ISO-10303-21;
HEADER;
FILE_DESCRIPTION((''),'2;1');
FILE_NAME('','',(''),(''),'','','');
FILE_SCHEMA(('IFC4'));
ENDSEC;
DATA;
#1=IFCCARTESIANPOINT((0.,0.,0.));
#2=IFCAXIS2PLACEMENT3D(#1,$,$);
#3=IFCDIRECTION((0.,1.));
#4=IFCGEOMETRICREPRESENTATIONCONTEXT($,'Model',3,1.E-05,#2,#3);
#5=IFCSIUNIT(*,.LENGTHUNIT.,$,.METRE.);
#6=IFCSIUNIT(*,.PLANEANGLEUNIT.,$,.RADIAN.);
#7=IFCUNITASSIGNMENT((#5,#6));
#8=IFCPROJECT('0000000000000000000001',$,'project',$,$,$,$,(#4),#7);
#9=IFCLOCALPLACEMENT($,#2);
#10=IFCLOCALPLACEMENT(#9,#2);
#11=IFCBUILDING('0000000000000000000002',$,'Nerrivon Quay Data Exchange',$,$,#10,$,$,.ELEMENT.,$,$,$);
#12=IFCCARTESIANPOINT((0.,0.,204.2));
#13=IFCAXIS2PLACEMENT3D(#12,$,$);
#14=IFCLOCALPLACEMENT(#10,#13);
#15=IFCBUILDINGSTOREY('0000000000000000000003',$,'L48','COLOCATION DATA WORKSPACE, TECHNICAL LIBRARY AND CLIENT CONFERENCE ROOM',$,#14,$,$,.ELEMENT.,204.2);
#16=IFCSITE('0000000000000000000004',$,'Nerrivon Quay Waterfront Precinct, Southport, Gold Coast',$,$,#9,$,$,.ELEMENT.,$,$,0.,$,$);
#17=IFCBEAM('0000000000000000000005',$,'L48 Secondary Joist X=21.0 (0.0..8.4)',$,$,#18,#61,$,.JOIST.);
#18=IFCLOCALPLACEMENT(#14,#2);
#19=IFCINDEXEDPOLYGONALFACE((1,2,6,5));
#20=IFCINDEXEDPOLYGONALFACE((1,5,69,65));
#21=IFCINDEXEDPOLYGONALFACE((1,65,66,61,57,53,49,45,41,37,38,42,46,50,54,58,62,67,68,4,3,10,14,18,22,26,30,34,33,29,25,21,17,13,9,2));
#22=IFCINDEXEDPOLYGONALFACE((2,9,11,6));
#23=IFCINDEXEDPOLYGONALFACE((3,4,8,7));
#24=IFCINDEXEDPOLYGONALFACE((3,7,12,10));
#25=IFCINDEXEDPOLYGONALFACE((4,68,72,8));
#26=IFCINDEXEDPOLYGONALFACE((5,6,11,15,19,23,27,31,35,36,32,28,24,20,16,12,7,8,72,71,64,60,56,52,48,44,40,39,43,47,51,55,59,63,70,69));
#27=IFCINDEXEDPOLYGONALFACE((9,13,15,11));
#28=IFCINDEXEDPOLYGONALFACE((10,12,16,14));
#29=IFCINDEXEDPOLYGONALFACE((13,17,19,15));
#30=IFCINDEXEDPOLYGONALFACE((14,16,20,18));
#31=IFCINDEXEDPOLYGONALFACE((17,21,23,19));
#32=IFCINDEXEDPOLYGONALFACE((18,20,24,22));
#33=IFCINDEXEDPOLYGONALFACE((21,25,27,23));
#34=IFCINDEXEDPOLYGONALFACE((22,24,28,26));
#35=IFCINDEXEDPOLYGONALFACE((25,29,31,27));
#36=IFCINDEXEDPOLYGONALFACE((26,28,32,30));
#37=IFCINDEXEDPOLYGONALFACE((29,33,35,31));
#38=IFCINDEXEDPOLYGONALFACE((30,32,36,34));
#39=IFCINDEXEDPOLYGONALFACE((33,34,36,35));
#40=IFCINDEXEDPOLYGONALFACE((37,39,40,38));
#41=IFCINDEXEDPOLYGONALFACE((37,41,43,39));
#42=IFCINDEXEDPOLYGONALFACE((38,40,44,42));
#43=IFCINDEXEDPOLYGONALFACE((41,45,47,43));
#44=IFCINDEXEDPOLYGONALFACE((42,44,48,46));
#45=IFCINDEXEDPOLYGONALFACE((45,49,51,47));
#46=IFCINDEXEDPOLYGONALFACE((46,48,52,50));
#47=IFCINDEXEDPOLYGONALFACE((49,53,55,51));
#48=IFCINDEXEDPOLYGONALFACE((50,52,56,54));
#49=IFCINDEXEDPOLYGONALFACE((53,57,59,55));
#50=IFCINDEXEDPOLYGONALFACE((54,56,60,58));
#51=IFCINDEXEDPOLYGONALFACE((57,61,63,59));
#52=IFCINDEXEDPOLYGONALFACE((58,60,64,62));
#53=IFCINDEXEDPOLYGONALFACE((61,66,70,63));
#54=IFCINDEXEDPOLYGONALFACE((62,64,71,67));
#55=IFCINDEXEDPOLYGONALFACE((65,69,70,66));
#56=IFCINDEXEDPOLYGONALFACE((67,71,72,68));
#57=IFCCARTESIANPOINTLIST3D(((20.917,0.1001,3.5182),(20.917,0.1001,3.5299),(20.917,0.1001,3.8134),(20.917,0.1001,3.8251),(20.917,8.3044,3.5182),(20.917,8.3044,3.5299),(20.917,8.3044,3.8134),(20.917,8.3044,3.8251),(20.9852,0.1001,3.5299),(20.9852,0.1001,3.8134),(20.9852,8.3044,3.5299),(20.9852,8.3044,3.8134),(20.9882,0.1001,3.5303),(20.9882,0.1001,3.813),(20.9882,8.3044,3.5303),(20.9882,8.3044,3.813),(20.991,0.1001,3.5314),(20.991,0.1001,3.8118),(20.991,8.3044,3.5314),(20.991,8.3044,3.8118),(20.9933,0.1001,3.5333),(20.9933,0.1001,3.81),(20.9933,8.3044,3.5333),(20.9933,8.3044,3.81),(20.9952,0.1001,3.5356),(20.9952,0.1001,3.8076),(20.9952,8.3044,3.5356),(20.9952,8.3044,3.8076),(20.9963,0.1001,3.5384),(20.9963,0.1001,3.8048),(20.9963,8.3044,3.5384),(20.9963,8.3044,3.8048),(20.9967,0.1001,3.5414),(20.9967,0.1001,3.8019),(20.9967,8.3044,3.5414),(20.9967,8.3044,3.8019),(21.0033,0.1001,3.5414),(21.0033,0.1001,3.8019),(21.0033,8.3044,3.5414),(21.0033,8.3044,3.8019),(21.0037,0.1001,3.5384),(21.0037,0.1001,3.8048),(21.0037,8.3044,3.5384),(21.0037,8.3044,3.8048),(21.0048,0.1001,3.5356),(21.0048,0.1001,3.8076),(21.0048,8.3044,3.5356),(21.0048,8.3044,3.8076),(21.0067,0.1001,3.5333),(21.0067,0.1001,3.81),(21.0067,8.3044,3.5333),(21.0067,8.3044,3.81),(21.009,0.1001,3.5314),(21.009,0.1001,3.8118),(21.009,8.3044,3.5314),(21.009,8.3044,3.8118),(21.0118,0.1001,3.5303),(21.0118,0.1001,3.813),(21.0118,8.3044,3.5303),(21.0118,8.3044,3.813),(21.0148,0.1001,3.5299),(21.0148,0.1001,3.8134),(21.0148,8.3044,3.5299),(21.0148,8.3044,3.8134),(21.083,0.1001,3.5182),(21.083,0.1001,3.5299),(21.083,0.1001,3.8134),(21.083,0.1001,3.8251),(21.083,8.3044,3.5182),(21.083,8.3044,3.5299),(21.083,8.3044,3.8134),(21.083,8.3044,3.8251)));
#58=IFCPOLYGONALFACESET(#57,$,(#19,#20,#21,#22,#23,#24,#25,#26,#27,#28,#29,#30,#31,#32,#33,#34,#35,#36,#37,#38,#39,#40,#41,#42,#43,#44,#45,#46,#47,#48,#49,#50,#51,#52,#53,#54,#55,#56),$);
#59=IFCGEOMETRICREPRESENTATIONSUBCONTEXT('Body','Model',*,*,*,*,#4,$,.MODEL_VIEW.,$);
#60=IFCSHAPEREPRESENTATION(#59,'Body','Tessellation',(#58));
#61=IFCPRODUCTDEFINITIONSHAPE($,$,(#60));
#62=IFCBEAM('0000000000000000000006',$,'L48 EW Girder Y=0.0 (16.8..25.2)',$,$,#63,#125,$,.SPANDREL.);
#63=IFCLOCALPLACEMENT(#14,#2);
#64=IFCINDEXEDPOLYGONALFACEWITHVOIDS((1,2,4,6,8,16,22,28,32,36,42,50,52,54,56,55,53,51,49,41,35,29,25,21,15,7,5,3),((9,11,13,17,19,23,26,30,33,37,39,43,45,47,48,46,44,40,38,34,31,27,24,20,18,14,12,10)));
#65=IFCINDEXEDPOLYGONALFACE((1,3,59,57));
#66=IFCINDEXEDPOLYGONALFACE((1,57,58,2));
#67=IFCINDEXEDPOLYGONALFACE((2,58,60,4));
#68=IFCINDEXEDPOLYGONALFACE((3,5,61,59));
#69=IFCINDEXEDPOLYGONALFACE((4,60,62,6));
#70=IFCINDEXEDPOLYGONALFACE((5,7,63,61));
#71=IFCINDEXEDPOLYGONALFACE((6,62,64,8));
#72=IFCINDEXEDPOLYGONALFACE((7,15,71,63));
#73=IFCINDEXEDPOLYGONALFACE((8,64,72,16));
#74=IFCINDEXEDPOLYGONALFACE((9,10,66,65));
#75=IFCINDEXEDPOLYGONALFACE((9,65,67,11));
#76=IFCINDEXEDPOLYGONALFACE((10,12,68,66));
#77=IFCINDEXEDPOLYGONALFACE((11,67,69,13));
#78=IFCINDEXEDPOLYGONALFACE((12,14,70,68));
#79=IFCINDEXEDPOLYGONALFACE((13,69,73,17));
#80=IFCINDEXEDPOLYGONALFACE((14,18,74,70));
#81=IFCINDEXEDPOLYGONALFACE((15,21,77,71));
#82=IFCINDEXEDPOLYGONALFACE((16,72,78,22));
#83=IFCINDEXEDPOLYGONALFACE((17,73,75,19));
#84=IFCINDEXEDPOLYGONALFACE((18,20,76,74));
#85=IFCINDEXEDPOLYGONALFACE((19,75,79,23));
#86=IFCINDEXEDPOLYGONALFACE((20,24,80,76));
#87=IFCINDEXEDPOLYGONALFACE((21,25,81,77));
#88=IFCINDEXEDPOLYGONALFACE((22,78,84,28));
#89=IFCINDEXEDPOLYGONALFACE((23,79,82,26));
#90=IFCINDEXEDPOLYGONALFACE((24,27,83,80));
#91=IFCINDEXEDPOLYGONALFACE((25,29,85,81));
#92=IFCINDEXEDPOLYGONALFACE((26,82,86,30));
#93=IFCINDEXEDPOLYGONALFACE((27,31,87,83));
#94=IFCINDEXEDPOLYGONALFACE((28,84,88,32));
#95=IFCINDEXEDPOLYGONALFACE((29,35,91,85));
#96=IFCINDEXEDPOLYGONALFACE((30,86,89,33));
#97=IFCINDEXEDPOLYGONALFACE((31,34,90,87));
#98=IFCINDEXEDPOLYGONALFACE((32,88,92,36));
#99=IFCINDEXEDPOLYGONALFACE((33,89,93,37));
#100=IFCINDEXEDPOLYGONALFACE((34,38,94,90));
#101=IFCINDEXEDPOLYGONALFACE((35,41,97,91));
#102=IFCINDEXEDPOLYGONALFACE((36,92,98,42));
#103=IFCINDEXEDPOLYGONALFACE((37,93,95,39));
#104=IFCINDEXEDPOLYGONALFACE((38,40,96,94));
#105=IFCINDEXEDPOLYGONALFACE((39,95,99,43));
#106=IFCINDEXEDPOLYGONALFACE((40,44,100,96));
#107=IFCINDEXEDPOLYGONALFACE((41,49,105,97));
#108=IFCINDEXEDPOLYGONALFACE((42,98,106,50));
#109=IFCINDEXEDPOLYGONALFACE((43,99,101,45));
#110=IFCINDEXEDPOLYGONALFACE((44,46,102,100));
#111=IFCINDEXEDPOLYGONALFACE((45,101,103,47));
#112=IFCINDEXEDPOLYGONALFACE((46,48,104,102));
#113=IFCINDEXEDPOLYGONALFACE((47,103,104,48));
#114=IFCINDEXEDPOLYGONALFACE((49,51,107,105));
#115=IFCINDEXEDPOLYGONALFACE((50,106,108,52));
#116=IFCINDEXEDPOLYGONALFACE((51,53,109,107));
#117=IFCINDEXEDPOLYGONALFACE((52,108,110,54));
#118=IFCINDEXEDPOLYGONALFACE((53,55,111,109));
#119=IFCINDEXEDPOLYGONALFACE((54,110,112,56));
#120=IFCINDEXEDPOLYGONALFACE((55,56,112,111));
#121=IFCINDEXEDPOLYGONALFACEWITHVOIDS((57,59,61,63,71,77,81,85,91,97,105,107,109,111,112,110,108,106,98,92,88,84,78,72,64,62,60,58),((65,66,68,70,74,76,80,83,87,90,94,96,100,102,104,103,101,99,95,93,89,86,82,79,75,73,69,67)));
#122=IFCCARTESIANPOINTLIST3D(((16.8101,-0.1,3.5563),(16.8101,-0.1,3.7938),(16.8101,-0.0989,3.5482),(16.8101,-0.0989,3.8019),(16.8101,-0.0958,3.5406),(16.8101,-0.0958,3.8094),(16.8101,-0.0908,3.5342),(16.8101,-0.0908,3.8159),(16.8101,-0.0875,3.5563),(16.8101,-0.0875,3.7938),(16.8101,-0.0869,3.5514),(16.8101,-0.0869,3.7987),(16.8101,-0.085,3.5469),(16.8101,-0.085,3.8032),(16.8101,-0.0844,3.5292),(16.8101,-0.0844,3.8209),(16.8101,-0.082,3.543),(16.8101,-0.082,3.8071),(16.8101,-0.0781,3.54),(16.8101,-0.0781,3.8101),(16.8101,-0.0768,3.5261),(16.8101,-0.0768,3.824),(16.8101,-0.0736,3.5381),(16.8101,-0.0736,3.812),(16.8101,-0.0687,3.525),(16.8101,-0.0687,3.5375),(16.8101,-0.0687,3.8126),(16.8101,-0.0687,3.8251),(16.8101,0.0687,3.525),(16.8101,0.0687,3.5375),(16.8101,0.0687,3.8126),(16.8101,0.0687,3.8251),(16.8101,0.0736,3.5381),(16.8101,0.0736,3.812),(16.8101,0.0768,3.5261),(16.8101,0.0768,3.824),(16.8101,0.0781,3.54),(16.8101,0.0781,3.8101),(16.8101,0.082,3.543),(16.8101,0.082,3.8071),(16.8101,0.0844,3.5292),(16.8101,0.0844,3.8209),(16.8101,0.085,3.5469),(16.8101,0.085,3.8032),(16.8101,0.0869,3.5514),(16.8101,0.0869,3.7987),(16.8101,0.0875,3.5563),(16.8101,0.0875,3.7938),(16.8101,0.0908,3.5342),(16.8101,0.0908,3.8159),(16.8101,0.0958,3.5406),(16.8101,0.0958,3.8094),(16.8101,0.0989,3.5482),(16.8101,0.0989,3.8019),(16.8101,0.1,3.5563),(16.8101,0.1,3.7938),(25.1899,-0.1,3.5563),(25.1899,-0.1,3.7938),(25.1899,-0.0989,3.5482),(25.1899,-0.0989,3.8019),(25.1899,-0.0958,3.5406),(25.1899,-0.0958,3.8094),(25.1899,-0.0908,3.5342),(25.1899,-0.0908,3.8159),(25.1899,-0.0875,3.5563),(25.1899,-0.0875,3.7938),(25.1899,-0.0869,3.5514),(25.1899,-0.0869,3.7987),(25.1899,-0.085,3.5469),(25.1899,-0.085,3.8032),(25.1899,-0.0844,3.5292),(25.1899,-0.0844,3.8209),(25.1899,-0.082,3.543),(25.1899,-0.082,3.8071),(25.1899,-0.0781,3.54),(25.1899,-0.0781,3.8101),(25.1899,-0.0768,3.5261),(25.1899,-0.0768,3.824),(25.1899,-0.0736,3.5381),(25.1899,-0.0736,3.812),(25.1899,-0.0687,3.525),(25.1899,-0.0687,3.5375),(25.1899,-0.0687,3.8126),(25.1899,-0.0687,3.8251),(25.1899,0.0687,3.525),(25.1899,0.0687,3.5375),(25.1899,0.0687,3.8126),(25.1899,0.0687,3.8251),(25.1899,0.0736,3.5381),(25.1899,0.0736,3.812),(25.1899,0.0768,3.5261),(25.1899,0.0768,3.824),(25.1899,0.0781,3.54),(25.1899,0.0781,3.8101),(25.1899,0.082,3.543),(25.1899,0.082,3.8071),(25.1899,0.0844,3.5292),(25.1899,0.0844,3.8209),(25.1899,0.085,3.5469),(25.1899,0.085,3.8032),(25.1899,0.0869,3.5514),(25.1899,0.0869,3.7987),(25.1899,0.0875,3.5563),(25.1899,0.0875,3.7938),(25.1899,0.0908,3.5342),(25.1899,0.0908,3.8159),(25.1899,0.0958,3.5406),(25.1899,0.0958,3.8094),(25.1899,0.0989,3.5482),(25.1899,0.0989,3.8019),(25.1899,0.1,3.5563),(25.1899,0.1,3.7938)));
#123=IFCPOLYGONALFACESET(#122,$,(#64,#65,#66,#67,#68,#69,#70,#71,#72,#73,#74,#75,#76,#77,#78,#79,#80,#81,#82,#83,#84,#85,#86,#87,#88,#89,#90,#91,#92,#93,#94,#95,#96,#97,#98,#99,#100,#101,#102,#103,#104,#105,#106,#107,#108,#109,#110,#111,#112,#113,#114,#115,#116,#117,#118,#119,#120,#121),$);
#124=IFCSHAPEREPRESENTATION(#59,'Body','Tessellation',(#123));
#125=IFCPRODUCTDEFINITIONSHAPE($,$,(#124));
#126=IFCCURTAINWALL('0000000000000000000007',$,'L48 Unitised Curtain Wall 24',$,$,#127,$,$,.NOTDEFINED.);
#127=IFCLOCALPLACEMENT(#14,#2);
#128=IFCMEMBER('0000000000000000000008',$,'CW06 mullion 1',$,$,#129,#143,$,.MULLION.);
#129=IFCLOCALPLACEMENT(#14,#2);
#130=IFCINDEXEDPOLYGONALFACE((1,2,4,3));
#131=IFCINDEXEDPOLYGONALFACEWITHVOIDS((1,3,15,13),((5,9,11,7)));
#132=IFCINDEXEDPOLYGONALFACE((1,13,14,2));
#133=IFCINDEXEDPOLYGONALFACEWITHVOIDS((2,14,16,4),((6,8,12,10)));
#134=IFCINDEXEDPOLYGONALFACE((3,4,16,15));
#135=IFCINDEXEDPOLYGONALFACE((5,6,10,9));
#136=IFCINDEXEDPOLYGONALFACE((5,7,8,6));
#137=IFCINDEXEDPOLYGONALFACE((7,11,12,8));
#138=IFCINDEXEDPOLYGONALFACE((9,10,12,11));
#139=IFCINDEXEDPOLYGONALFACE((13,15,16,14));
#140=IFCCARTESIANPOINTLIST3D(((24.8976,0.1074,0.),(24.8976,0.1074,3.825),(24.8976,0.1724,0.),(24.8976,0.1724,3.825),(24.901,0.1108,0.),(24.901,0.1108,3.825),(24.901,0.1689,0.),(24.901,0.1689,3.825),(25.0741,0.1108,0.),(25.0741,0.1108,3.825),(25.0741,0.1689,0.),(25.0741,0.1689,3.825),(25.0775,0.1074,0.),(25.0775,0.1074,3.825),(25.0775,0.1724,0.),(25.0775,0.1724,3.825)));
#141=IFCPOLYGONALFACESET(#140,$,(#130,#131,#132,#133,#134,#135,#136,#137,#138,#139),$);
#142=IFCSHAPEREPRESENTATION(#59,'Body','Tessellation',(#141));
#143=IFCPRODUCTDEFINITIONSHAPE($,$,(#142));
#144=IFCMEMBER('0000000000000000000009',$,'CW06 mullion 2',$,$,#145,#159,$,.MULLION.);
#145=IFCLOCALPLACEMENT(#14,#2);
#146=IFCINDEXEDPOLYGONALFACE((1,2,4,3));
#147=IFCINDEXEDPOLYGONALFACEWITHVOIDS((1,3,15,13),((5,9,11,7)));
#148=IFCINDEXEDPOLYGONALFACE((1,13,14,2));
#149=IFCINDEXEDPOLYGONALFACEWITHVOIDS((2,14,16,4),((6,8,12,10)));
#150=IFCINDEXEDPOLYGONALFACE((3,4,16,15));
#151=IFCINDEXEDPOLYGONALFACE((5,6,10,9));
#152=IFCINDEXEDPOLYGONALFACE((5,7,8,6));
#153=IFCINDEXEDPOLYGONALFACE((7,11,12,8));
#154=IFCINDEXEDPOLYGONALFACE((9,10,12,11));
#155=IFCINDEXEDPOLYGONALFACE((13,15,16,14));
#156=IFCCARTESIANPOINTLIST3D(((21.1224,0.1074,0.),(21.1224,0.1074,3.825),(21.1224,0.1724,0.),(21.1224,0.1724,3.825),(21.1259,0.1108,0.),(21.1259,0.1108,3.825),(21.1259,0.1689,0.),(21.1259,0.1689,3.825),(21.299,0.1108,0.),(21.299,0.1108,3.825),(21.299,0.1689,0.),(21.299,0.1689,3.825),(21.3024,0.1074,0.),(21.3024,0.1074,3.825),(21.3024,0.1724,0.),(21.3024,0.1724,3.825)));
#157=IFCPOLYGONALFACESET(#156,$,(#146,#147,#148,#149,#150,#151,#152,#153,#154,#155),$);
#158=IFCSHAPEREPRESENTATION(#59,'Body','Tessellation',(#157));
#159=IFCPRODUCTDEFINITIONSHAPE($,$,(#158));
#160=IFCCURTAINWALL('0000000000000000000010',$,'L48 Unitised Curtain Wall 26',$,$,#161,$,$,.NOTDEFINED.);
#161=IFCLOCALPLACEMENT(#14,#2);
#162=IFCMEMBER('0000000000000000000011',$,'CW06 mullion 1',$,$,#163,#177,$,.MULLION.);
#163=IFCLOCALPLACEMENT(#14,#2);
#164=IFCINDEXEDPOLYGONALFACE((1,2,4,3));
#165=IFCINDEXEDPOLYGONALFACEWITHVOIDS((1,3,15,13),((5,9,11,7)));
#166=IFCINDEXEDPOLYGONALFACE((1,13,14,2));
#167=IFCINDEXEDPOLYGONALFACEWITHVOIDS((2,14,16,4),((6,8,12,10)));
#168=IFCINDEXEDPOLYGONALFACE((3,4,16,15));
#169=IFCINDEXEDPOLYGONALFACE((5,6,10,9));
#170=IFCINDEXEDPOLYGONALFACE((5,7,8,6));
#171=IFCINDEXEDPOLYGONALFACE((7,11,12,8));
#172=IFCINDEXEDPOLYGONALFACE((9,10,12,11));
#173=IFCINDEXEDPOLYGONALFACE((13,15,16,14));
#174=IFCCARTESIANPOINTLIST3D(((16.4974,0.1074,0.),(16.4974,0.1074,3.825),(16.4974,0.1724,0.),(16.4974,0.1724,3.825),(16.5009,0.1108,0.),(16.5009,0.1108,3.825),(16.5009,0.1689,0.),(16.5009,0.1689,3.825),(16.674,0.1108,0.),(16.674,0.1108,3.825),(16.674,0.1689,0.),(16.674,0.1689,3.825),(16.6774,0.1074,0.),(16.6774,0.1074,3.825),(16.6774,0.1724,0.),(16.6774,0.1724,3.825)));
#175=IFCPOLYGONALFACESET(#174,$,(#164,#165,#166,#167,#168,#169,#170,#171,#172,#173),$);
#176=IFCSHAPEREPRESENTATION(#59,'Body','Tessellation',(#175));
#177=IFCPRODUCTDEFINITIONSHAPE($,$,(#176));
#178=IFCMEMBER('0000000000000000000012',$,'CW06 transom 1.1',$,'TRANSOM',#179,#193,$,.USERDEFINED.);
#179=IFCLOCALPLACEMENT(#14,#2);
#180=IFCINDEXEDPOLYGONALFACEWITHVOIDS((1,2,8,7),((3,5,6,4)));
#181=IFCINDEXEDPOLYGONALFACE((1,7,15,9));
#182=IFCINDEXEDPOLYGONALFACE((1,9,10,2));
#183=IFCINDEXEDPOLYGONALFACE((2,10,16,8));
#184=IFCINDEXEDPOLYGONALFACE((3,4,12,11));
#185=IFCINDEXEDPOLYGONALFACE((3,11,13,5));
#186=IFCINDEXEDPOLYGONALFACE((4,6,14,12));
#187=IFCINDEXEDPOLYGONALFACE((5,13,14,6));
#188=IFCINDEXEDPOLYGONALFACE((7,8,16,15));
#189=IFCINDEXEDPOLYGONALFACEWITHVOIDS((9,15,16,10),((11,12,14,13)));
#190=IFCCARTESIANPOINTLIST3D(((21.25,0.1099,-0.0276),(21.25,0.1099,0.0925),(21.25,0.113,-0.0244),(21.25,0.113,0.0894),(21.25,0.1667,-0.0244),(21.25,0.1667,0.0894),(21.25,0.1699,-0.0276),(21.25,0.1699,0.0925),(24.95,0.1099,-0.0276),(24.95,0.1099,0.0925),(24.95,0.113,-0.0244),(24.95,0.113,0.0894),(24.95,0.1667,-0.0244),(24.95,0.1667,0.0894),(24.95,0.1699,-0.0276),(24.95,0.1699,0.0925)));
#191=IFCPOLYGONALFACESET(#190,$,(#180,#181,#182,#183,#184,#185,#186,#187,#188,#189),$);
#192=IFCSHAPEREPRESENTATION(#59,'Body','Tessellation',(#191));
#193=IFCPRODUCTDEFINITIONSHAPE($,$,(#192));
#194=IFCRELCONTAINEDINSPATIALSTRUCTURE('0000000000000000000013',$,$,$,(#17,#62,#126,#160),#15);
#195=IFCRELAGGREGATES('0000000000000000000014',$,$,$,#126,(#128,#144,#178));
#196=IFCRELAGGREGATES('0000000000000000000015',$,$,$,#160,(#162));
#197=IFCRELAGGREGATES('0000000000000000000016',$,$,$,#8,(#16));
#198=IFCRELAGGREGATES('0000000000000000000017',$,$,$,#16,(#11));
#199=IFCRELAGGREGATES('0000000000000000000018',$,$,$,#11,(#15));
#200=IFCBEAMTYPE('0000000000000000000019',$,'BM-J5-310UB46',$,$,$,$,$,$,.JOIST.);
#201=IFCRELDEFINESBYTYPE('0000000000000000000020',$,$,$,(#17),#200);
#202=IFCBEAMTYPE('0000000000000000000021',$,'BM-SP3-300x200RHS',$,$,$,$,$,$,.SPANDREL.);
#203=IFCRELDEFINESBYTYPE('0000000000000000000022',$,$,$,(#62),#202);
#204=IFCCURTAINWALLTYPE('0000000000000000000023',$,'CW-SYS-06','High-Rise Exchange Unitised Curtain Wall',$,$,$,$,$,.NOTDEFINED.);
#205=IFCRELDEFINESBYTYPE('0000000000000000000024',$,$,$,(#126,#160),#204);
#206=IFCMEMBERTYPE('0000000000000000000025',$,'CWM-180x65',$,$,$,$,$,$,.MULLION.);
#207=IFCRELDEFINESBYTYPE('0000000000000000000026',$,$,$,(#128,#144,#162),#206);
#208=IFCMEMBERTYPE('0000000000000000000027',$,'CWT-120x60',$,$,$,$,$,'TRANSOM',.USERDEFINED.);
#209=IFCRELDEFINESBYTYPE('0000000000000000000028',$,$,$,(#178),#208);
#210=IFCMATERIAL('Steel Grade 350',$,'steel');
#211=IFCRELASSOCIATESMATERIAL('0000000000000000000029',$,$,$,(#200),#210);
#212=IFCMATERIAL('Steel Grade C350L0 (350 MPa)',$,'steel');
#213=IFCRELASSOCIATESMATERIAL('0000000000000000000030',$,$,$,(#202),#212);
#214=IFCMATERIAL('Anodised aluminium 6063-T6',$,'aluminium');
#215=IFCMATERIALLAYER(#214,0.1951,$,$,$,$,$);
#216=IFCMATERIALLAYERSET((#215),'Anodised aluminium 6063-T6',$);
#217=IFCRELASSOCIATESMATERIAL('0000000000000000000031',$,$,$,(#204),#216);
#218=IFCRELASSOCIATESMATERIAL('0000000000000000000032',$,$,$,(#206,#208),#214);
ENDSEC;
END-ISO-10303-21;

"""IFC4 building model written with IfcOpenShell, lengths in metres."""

from ifc_helpers import new_model, si_unit, direction, frame, origin, origin_2d, place, context, subcontext, project, spatial, hollow_rectangle, i_section, extrude, material, layer, layer_set, material_profile, profile_set, type_object, element, aggregate, save


model = new_model("IFC4")

# Units and contexts
model_context = context("Model", 3, precision=1e-05, world=origin(), true_north=direction((0.0, 1.0)))
body_context = subcontext(model_context, "Body", "Model", "MODEL_VIEW")
ifc_project = project(units=[si_unit("LENGTHUNIT", "METRE"), si_unit("PLANEANGLEUNIT", "RADIAN")], contexts=[model_context])

# Site, building, storey
site_placement = place(None, origin())
site = spatial("IfcSite", under=ifc_project, at=site_placement, Name="Nerrivon Quay Waterfront Precinct, Southport, Gold Coast", CompositionType="ELEMENT", RefElevation=0.0)
building_placement = place(site_placement, origin())
building = spatial("IfcBuilding", under=site, at=building_placement, Name="Nerrivon Quay Data Exchange", CompositionType="ELEMENT")
storey_placement = place(building_placement, frame((0.0, 0.0, 204.2)))
storey = spatial("IfcBuildingStorey", under=building, at=storey_placement, Name="L48", Description="COLOCATION DATA WORKSPACE, TECHNICAL LIBRARY AND CLIENT CONFERENCE ROOM", CompositionType="ELEMENT", Elevation=204.2)

# Shared definitions
ifc_material_1 = material(Name="Steel Grade 350", Category="steel")

# Beams
ifc_material_profile_1 = material_profile(ifc_material_1, i_section(OverallWidth=0.166, OverallDepth=0.3069, WebThickness=0.0066, FlangeThickness=0.0117, FilletRadius=0.0115, at=origin_2d()), Name="310UB46.2")
ifc_profile_set_1 = profile_set([ifc_material_profile_1], Name="Steel Grade 350")
beam_type_1 = type_object("IfcBeamType", Name="BM-J5-310UB46", PredefinedType="JOIST", material=ifc_profile_set_1)
beam_1_placement = place(storey_placement, frame((21.0, 0.1001, 3.6716), z_axis=(0.0, 1.0, 0.0), x_axis=(-1.0, 0.0, 0.0)))
element("IfcBeam", 1, at=beam_1_placement, inside=storey, type_object=beam_type_1, Name="L48 Secondary Joist X=21.0 (0.0..8.4)", PredefinedType="JOIST", context=body_context, shape_type="SweptSolid", body=[
    extrude(i_section(OverallWidth=0.166, OverallDepth=0.3069, WebThickness=0.0066, FlangeThickness=0.0117, FilletRadius=0.0115, at=origin_2d()), origin(), (0.0, 0.0, 1.0), 8.2043),
])
ifc_material_2 = material(Name="Steel Grade C350L0 (350 MPa)", Category="steel")
ifc_material_profile_2 = material_profile(ifc_material_2, hollow_rectangle(XDim=0.2, YDim=0.3, WallThickness=0.0125, InnerFilletRadius=0.0188, OuterFilletRadius=0.0312, at=origin_2d()), Name="300x200x12.5RHS")
ifc_profile_set_2 = profile_set([ifc_material_profile_2], Name="Steel Grade C350L0 (350 MPa)")
beam_type_2 = type_object("IfcBeamType", Name="BM-SP3-300x200RHS", PredefinedType="SPANDREL", material=ifc_profile_set_2)
beam_2_placement = place(storey_placement, frame((16.8101, 0.0, 3.675), z_axis=(1.0, 0.0, 0.0), x_axis=(0.0, 1.0, 0.0)))
element("IfcBeam", 2, at=beam_2_placement, inside=storey, type_object=beam_type_2, Name="L48 EW Girder Y=0.0 (16.8..25.2)", PredefinedType="SPANDREL", context=body_context, shape_type="SweptSolid", body=[
    extrude(hollow_rectangle(XDim=0.2, YDim=0.3, WallThickness=0.0125, InnerFilletRadius=0.0188, OuterFilletRadius=0.0312, at=origin_2d()), origin(), (0.0, 0.0, 1.0), 8.3799),
])

# Curtain wall, members
ifc_material_3 = material(Name="Anodised aluminium 6063-T6", Category="aluminium")
ifc_layer_1 = layer(ifc_material_3, 0.1951)
ifc_layer_set_1 = layer_set([ifc_layer_1], Name="Anodised aluminium 6063-T6")
curtain_wall_type = type_object("IfcCurtainWallType", Name="CW-SYS-06", Description="High-Rise Exchange Unitised Curtain Wall", PredefinedType="NOTDEFINED", material=ifc_layer_set_1)
curtain_wall_1_placement = place(storey_placement, origin())
curtain_wall_1 = element("IfcCurtainWall", 3, at=curtain_wall_1_placement, inside=storey, type_object=curtain_wall_type, Name="L48 Unitised Curtain Wall 24", PredefinedType="NOTDEFINED")
ifc_material_profile_3 = material_profile(ifc_material_3, hollow_rectangle(XDim=0.0649, YDim=0.1799, WallThickness=0.0034, at=origin_2d()), Name="ALU-MULL-180x65")
ifc_profile_set_3 = profile_set([ifc_material_profile_3], Name="Anodised aluminium 6063-T6")
member_type_1 = type_object("IfcMemberType", Name="CWM-180x65", PredefinedType="MULLION", material=ifc_profile_set_3)
member_1_placement = place(storey_placement, frame((24.9875, 0.1399, 0.0), z_axis=(0.0, 0.0, 1.0), x_axis=(0.0, -1.0, 0.0)))
member_1 = element("IfcMember", 4, at=member_1_placement, type_object=member_type_1, Name="CW06 mullion 1", PredefinedType="MULLION", context=body_context, shape_type="SweptSolid", body=[
    extrude(hollow_rectangle(XDim=0.0649, YDim=0.1799, WallThickness=0.0034, at=origin_2d()), origin(), (0.0, 0.0, 1.0), 3.825),
])
member_2_placement = place(storey_placement, frame((21.2124, 0.1399, 0.0), z_axis=(0.0, 0.0, 1.0), x_axis=(0.0, -1.0, 0.0)))
member_2 = element("IfcMember", 5, at=member_2_placement, type_object=member_type_1, Name="CW06 mullion 2", PredefinedType="MULLION", context=body_context, shape_type="SweptSolid", body=[
    extrude(hollow_rectangle(XDim=0.0649, YDim=0.1799, WallThickness=0.0034, at=origin_2d()), origin(), (0.0, 0.0, 1.0), 3.825),
])

# Curtain wall, member
curtain_wall_2_placement = place(storey_placement, origin())
curtain_wall_2 = element("IfcCurtainWall", 6, at=curtain_wall_2_placement, inside=storey, type_object=curtain_wall_type, Name="L48 Unitised Curtain Wall 26", PredefinedType="NOTDEFINED")
member_3_placement = place(storey_placement, frame((16.5874, 0.1399, 0.0), z_axis=(0.0, 0.0, 1.0), x_axis=(0.0, -1.0, 0.0)))
member_3 = element("IfcMember", 7, at=member_3_placement, type_object=member_type_1, Name="CW06 mullion 1", PredefinedType="MULLION", context=body_context, shape_type="SweptSolid", body=[
    extrude(hollow_rectangle(XDim=0.0649, YDim=0.1799, WallThickness=0.0034, at=origin_2d()), origin(), (0.0, 0.0, 1.0), 3.825),
])

# Member
ifc_material_profile_4 = material_profile(ifc_material_3, hollow_rectangle(XDim=0.0601, YDim=0.1201, WallThickness=0.0032, at=origin_2d()), Name="ALU-TRAN-120x60")
ifc_profile_set_4 = profile_set([ifc_material_profile_4], Name="Anodised aluminium 6063-T6")
member_type_2 = type_object("IfcMemberType", Name="CWT-120x60", ElementType="TRANSOM", PredefinedType="USERDEFINED", material=ifc_profile_set_4)
member_4_placement = place(storey_placement, frame((24.95, 0.1399, 0.0325), z_axis=(-1.0, 0.0, 0.0), x_axis=(0.0, -1.0, 0.0)))
member_4 = element("IfcMember", 8, at=member_4_placement, type_object=member_type_2, Name="CW06 transom 1.1", ObjectType="TRANSOM", PredefinedType="USERDEFINED", context=body_context, shape_type="SweptSolid", body=[
    extrude(hollow_rectangle(XDim=0.0601, YDim=0.1201, WallThickness=0.0032, at=origin_2d()), origin(), (0.0, 0.0, 1.0), 3.7),
])

aggregate(curtain_wall_1, [member_1, member_2, member_4])
aggregate(curtain_wall_2, [member_3])

save(model, "model.ifc")
